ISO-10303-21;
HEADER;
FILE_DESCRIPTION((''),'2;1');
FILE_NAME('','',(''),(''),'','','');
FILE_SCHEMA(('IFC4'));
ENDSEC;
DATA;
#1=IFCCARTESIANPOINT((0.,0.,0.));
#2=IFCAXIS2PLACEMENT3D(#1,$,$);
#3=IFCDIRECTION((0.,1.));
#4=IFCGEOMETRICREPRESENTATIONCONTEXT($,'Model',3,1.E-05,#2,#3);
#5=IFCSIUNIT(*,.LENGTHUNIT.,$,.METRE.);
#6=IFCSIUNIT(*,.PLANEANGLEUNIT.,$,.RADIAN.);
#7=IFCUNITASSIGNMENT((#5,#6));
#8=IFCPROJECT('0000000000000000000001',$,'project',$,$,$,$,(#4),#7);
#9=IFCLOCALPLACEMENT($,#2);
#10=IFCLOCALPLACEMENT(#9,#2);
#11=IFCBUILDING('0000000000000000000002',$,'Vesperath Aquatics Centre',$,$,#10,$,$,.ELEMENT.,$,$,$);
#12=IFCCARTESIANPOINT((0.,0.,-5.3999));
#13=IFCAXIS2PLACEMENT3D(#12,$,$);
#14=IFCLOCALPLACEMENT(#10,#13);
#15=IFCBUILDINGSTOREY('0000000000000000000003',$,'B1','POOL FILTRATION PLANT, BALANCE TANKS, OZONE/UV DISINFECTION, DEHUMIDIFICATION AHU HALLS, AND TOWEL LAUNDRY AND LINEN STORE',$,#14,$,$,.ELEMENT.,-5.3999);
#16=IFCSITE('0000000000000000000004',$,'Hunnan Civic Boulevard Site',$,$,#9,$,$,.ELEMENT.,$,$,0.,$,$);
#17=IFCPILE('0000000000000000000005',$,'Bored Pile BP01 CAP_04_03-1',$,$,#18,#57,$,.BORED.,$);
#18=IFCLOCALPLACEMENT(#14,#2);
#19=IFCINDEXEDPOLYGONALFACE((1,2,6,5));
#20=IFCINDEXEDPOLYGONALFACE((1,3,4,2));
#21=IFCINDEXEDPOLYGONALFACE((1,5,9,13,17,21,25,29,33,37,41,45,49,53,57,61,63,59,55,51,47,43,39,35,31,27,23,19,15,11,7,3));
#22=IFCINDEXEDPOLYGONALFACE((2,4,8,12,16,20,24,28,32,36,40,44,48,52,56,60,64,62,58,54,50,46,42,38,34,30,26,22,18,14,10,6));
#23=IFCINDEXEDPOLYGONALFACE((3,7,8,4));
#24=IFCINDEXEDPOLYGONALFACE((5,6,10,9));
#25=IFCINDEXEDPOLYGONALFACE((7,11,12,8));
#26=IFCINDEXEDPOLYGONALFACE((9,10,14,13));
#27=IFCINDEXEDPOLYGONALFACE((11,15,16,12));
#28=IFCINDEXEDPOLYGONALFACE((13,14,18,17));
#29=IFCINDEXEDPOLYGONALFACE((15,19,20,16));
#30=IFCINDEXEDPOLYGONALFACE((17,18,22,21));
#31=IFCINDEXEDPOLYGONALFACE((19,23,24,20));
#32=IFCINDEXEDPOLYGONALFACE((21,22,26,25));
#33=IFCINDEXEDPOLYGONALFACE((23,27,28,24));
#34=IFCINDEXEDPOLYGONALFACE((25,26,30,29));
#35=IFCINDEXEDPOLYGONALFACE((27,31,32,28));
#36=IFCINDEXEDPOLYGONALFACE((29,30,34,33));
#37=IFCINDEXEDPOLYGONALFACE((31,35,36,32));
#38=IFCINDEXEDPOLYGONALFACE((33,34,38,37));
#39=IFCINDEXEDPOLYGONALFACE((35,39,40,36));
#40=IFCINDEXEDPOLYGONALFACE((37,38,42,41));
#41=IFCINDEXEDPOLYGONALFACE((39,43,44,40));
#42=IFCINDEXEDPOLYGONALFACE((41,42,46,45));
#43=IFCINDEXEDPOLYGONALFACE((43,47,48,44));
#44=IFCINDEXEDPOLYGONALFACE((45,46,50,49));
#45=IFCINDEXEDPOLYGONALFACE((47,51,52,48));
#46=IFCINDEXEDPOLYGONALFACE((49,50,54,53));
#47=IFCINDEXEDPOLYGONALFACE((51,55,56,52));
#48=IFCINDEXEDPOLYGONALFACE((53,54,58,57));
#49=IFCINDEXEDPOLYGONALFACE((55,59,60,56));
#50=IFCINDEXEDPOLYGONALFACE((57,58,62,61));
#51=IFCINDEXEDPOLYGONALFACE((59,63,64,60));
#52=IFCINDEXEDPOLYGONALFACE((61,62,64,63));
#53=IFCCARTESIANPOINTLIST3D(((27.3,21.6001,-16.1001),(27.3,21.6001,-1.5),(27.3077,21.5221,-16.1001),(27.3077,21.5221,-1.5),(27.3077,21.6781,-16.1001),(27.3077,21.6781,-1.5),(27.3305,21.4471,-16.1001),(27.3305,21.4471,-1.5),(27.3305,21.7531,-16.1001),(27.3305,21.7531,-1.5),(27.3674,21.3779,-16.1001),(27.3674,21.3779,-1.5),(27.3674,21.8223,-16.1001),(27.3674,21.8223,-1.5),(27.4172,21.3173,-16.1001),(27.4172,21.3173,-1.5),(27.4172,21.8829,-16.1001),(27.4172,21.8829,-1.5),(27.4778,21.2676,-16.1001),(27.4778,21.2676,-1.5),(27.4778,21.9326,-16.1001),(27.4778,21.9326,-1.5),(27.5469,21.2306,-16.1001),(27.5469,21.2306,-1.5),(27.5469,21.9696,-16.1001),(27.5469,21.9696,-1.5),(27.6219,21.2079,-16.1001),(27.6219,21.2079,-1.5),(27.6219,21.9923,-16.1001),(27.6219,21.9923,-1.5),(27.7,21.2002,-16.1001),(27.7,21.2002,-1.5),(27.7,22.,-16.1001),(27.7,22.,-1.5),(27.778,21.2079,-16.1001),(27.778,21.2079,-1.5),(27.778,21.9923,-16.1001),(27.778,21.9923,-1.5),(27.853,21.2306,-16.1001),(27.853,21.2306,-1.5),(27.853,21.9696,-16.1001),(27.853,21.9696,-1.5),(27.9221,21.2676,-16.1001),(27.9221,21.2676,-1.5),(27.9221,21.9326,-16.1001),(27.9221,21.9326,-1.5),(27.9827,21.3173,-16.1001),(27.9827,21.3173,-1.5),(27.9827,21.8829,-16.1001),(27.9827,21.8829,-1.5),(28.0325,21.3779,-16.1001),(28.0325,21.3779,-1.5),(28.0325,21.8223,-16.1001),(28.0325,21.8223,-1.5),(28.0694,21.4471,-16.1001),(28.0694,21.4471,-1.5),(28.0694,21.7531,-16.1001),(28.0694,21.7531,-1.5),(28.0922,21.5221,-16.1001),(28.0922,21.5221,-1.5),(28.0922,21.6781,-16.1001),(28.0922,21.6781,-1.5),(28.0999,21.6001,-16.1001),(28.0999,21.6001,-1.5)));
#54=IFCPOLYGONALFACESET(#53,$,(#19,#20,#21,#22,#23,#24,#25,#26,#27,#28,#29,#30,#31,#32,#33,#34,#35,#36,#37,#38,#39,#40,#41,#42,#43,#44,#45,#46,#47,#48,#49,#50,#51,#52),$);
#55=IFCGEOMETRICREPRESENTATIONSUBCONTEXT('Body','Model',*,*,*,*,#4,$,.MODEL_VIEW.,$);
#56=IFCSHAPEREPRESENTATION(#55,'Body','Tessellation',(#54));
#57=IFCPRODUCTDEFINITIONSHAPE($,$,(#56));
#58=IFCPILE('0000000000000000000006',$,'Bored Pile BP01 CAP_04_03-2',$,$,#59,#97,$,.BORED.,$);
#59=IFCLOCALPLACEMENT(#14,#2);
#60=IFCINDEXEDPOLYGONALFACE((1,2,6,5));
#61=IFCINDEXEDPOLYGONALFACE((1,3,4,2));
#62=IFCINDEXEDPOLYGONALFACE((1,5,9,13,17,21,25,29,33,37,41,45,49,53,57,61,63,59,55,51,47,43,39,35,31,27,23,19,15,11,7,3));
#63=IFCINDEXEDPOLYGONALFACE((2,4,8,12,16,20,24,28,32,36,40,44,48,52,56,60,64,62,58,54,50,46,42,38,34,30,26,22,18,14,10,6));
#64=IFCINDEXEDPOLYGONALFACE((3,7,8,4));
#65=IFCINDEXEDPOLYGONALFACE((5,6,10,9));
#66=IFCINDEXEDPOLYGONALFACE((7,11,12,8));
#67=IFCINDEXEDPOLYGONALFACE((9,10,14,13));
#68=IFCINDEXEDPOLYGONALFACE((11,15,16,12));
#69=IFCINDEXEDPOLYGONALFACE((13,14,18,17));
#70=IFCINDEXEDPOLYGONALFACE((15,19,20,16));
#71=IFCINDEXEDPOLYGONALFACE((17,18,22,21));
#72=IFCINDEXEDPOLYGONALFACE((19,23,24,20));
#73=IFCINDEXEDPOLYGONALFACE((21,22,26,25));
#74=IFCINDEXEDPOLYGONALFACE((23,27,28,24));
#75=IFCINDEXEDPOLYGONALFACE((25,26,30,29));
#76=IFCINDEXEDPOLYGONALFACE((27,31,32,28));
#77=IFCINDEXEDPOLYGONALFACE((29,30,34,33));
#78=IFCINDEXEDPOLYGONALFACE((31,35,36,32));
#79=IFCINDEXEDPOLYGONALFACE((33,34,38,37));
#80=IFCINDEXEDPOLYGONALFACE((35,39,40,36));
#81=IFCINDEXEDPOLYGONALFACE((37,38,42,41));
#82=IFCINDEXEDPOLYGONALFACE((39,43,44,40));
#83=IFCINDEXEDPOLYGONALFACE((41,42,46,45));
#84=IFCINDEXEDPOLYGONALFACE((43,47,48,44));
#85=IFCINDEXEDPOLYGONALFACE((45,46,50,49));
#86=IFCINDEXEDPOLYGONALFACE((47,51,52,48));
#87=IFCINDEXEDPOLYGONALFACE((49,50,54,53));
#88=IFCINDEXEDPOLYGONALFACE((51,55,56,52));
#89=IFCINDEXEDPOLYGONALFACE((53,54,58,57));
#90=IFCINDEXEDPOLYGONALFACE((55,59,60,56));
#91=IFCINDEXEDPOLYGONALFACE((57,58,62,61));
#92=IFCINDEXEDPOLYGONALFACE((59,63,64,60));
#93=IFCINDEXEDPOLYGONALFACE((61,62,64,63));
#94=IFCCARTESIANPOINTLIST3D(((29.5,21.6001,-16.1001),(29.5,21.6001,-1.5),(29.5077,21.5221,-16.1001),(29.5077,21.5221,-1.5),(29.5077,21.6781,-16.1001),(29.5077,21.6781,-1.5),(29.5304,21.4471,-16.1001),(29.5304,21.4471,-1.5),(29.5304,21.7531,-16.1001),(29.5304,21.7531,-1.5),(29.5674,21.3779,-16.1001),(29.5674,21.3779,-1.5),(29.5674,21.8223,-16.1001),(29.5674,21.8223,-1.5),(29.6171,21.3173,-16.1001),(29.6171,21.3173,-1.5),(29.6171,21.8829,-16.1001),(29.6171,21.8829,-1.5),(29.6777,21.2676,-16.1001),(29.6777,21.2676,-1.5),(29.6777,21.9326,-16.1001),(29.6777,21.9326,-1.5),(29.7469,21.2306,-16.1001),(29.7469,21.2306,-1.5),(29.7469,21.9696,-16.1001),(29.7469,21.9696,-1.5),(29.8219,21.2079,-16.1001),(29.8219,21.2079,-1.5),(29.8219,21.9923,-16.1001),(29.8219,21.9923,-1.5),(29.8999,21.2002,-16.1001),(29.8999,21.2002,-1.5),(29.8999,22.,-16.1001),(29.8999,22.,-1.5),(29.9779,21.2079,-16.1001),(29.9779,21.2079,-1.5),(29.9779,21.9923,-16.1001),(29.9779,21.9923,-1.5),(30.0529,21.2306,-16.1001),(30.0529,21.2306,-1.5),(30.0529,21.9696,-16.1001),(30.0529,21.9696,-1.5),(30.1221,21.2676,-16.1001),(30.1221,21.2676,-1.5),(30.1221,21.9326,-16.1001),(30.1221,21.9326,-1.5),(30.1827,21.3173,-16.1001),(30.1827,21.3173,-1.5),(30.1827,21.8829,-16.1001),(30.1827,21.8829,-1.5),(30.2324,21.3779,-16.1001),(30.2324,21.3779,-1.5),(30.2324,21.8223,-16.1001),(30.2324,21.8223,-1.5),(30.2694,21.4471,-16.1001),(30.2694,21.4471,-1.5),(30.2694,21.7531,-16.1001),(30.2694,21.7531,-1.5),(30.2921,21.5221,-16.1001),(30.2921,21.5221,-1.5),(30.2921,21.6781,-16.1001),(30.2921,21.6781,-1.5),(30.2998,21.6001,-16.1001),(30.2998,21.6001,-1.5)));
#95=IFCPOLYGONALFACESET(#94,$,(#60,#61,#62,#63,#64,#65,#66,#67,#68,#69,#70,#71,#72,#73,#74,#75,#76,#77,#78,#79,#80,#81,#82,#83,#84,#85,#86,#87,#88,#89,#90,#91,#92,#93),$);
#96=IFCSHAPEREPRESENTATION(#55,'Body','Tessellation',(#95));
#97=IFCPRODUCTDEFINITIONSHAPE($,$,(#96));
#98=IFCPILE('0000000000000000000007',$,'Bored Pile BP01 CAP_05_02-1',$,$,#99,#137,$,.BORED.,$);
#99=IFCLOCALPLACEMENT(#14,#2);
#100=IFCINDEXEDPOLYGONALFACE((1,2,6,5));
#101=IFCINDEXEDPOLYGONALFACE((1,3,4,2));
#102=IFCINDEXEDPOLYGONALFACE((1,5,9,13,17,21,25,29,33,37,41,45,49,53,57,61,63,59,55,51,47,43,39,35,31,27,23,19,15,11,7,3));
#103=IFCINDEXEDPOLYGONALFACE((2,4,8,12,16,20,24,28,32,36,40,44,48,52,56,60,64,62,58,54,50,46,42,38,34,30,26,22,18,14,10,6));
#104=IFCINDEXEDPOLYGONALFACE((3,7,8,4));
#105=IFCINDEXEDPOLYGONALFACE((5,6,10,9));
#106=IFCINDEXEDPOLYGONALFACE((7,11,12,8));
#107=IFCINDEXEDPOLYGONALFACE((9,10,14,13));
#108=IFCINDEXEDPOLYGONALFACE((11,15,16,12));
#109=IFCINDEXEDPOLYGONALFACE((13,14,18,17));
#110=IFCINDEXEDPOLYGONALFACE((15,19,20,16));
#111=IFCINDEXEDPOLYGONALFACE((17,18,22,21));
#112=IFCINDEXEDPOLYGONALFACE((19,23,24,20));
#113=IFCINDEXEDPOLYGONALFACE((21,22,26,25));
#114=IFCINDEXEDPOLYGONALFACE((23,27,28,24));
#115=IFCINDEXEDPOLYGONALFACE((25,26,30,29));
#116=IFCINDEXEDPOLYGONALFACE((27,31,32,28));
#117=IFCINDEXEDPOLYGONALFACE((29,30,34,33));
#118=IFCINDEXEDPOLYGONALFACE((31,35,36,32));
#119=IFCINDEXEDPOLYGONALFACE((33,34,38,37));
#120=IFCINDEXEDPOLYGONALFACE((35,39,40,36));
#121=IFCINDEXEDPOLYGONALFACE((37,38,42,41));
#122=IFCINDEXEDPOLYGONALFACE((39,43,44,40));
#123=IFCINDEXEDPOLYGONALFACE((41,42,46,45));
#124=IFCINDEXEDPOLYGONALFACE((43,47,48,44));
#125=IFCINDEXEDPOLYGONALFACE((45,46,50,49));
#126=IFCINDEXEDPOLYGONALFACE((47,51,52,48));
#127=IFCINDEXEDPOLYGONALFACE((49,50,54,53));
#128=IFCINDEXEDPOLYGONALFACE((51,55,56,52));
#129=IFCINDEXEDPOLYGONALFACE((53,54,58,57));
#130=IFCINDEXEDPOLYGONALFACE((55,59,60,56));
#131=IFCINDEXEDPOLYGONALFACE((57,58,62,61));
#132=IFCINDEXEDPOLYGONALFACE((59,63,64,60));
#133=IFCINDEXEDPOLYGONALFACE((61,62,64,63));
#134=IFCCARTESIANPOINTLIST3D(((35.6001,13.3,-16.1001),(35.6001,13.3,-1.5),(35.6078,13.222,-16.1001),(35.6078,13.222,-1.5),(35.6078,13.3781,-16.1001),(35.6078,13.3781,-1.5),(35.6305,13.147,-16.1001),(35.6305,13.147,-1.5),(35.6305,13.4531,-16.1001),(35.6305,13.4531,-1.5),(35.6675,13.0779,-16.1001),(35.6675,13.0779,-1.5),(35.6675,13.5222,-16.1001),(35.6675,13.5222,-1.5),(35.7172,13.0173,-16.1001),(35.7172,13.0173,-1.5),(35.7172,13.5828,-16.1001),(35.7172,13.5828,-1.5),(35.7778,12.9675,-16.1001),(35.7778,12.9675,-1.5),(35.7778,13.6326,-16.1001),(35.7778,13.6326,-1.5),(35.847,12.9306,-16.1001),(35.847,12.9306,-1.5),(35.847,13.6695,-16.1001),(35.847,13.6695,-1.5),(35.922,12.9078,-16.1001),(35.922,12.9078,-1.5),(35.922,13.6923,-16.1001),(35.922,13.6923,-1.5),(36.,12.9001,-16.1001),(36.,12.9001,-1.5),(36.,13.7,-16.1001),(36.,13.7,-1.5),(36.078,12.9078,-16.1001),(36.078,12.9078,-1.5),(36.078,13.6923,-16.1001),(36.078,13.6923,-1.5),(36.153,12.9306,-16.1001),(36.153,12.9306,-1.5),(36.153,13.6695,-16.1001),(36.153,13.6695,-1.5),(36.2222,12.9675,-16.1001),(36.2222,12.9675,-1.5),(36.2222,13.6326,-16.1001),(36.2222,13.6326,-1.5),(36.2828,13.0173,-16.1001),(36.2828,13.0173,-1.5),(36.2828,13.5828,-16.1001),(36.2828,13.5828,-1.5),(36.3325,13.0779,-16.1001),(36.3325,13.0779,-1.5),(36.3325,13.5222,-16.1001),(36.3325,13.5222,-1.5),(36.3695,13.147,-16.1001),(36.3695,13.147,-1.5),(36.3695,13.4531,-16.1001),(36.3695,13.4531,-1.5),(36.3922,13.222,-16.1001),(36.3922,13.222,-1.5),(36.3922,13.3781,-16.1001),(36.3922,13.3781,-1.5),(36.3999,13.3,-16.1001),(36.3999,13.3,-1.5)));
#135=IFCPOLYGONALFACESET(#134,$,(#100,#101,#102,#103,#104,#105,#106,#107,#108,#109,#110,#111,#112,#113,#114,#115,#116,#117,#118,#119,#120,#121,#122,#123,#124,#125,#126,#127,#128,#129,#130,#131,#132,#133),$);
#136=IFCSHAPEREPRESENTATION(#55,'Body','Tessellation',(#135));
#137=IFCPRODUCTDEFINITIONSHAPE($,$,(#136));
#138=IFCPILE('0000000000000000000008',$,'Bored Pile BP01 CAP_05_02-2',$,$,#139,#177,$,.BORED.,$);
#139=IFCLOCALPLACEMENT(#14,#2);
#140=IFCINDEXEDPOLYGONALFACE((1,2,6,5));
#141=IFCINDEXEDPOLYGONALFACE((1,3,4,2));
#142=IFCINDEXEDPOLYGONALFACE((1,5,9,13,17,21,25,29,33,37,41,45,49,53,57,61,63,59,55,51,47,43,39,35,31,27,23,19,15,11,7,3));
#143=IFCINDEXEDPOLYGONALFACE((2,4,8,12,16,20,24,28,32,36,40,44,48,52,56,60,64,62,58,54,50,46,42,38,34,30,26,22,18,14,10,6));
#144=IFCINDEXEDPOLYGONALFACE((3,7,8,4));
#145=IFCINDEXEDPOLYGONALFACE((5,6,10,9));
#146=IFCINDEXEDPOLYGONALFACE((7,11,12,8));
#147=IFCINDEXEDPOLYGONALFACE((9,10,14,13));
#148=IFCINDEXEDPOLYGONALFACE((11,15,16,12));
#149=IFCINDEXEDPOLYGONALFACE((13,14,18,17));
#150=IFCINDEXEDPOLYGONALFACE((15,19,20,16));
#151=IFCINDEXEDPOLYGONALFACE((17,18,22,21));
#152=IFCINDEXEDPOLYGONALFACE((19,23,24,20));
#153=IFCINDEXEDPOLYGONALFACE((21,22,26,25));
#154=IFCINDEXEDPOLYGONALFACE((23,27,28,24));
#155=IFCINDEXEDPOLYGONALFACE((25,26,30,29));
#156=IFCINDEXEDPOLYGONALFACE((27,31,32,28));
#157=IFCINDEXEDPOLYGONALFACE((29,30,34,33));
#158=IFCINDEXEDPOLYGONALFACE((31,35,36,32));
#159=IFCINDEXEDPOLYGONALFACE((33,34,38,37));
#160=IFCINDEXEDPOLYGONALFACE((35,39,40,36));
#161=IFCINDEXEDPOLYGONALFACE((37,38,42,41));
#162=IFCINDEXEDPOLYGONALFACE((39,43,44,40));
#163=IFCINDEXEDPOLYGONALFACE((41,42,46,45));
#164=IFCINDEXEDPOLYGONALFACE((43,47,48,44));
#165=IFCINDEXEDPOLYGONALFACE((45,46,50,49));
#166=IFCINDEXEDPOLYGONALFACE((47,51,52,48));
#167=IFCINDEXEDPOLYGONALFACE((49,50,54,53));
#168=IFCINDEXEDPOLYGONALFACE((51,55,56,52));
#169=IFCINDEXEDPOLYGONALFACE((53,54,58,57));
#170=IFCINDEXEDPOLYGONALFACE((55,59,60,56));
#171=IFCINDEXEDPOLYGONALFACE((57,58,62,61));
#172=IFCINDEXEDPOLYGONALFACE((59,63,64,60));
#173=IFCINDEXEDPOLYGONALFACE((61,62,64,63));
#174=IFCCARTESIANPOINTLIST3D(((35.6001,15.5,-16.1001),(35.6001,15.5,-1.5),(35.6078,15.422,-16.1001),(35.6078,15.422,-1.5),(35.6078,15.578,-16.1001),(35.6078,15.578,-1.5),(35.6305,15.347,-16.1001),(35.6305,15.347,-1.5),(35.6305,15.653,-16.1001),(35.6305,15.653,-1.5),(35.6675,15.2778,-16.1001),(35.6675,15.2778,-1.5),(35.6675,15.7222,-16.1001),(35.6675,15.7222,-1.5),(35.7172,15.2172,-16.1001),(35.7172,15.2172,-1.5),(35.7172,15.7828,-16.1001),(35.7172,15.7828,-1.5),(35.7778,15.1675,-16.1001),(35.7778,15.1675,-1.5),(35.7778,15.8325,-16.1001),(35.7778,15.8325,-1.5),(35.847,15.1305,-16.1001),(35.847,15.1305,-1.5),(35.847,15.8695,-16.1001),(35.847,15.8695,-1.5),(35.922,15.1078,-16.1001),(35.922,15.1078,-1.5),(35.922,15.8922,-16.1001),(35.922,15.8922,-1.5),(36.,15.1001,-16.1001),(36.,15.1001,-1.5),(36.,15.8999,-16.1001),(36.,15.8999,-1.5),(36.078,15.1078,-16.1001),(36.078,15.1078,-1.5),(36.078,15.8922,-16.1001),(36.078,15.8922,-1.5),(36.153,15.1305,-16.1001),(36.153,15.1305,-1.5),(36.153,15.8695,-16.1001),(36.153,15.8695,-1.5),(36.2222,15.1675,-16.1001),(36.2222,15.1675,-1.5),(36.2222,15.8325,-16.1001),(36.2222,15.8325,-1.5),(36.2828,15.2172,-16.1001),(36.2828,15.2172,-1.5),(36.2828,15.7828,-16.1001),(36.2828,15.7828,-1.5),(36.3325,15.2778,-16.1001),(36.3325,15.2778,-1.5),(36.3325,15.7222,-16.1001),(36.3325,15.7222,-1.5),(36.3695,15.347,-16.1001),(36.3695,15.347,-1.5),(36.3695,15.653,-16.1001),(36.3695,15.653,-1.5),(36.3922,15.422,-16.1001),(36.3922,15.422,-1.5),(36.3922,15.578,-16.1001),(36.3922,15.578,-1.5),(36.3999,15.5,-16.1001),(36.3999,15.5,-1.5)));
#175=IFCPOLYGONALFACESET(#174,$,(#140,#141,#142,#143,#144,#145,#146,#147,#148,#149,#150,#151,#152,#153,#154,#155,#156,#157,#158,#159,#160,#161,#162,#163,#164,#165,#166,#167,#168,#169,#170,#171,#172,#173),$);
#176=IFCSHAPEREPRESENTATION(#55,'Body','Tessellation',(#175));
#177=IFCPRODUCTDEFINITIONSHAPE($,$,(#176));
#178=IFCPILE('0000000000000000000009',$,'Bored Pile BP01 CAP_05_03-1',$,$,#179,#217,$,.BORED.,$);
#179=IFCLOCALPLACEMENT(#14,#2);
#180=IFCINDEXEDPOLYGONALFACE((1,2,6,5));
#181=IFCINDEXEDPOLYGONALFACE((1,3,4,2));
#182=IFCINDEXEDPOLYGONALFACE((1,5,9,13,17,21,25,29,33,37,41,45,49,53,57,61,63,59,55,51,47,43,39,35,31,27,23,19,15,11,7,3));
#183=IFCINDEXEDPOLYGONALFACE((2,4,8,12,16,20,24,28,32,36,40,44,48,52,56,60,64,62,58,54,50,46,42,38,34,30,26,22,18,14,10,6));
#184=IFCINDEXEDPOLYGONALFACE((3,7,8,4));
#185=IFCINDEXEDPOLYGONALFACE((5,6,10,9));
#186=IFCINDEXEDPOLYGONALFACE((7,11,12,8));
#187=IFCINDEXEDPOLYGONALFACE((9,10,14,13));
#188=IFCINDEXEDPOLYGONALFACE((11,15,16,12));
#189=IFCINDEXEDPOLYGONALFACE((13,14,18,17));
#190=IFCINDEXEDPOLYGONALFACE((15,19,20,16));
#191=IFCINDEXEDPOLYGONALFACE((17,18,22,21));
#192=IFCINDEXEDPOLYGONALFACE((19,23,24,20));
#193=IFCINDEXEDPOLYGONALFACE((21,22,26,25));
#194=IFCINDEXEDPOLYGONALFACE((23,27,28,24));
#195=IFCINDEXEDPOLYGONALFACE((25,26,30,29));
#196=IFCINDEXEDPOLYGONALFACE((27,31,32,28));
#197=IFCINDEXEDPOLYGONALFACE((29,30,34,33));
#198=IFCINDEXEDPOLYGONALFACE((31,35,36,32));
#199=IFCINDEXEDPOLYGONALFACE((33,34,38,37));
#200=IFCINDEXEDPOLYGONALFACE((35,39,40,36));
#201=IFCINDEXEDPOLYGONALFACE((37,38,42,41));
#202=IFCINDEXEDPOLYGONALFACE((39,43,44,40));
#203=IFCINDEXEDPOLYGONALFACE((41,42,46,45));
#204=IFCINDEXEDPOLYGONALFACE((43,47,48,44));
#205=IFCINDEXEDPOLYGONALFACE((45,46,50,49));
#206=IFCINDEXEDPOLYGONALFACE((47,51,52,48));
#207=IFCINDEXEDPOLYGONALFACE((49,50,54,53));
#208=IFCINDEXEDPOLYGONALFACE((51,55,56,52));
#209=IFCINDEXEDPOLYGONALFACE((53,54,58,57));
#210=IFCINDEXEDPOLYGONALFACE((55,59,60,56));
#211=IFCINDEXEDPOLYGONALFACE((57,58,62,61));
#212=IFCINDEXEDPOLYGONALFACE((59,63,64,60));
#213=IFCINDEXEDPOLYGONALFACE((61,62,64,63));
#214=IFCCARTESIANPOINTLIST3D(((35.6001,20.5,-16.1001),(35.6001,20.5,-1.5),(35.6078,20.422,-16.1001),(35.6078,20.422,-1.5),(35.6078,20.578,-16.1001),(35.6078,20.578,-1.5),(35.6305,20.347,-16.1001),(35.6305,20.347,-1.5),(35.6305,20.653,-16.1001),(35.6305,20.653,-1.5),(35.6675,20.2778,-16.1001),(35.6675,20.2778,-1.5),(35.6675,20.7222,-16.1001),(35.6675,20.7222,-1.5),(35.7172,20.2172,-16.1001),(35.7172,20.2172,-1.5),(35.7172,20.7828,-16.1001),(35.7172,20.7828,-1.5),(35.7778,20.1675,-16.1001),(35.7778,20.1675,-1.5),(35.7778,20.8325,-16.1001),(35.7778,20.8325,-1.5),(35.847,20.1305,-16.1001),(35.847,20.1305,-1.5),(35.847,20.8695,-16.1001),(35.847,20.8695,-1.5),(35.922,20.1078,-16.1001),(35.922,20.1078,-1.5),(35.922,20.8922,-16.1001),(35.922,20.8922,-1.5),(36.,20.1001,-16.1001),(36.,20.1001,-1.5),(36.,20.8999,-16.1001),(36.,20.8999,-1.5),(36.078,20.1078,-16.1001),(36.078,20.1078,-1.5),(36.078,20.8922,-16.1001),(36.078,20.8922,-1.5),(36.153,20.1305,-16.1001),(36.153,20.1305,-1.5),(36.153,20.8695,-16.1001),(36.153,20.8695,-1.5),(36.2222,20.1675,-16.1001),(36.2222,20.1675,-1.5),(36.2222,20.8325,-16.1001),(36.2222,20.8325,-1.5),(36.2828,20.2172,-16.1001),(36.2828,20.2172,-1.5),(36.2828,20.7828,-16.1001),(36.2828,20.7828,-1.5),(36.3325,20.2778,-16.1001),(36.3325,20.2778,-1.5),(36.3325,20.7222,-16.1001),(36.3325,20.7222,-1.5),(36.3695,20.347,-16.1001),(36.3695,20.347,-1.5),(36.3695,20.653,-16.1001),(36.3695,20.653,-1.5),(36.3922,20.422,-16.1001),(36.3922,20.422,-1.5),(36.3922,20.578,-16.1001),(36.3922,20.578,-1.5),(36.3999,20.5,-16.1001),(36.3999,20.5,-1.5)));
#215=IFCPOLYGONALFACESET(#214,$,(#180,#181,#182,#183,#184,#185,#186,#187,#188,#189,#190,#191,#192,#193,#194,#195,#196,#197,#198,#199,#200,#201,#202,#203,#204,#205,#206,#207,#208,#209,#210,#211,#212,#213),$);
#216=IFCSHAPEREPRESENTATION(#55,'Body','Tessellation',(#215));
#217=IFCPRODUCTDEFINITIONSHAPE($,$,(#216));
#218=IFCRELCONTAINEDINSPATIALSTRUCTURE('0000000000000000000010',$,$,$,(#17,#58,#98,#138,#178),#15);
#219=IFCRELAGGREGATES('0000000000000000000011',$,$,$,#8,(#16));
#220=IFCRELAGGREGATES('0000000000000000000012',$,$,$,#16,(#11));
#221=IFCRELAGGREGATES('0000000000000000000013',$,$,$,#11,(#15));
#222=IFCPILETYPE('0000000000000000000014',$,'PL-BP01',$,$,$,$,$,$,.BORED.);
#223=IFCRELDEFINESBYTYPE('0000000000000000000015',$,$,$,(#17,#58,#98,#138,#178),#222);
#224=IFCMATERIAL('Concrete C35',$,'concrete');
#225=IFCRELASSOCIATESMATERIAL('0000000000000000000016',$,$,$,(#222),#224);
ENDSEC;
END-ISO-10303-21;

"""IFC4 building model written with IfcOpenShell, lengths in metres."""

from ifc_helpers import new_model, si_unit, direction, frame, origin, origin_2d, place, context, subcontext, project, spatial, circle, extrude, material, material_profile, profile_set, type_object, element, save


model = new_model("IFC4")

# Units and contexts
model_context = context("Model", 3, precision=1e-05, world=origin(), true_north=direction((0.0, 1.0)))
body_context = subcontext(model_context, "Body", "Model", "MODEL_VIEW")
ifc_project = project(units=[si_unit("LENGTHUNIT", "METRE"), si_unit("PLANEANGLEUNIT", "RADIAN")], contexts=[model_context])

# Site, building, storey
site_placement = place(None, origin())
site = spatial("IfcSite", under=ifc_project, at=site_placement, Name="Hunnan Civic Boulevard Site", CompositionType="ELEMENT", RefElevation=0.0)
building_placement = place(site_placement, origin())
building = spatial("IfcBuilding", under=site, at=building_placement, Name="Vesperath Aquatics Centre", CompositionType="ELEMENT")
storey_placement = place(building_placement, frame((0.0, 0.0, -5.3999)))
storey = spatial("IfcBuildingStorey", under=building, at=storey_placement, Name="B1", Description="POOL FILTRATION PLANT, BALANCE TANKS, OZONE/UV DISINFECTION, DEHUMIDIFICATION AHU HALLS, AND TOWEL LAUNDRY AND LINEN STORE", CompositionType="ELEMENT", Elevation=-5.3999)

# Piles
ifc_material_1 = material(Name="Concrete C35", Category="concrete")
ifc_material_profile_1 = material_profile(ifc_material_1, circle(Radius=0.3999, at=origin_2d()), Name="PILE D800")
ifc_profile_set_1 = profile_set([ifc_material_profile_1], Name="Concrete C35")
pile_type = type_object("IfcPileType", Name="PL-BP01", PredefinedType="BORED", material=ifc_profile_set_1)
for number, where, z_axis, x_axis, name in (
    (1, (27.7, 21.6001, -1.5), (0.0, 0.0, -1.0), (1.0, 0.0, 0.0), "Bored Pile BP01 CAP_04_03-1"),
    (2, (29.8999, 21.6001, -1.5), (0.0, 0.0, -1.0), (1.0, 0.0, 0.0), "Bored Pile BP01 CAP_04_03-2"),
    (3, (36.0, 13.3, -1.5), (0.0, 0.0, -1.0), (1.0, 0.0, 0.0), "Bored Pile BP01 CAP_05_02-1"),
    (4, (36.0, 15.5, -1.5), (0.0, 0.0, -1.0), (1.0, 0.0, 0.0), "Bored Pile BP01 CAP_05_02-2"),
    (5, (36.0, 20.5, -1.5), (0.0, 0.0, -1.0), (1.0, 0.0, 0.0), "Bored Pile BP01 CAP_05_03-1"),
):
    element("IfcPile", number, at=place(storey_placement, frame(where, z_axis=z_axis, x_axis=x_axis)), inside=storey, type_object=pile_type, Name=name, PredefinedType="BORED", context=body_context, shape_type="SweptSolid", body=[
        extrude(circle(Radius=0.3999, at=origin_2d()), origin(), (0.0, 0.0, 1.0), 14.6001),
    ])

save(model, "model.ifc")
